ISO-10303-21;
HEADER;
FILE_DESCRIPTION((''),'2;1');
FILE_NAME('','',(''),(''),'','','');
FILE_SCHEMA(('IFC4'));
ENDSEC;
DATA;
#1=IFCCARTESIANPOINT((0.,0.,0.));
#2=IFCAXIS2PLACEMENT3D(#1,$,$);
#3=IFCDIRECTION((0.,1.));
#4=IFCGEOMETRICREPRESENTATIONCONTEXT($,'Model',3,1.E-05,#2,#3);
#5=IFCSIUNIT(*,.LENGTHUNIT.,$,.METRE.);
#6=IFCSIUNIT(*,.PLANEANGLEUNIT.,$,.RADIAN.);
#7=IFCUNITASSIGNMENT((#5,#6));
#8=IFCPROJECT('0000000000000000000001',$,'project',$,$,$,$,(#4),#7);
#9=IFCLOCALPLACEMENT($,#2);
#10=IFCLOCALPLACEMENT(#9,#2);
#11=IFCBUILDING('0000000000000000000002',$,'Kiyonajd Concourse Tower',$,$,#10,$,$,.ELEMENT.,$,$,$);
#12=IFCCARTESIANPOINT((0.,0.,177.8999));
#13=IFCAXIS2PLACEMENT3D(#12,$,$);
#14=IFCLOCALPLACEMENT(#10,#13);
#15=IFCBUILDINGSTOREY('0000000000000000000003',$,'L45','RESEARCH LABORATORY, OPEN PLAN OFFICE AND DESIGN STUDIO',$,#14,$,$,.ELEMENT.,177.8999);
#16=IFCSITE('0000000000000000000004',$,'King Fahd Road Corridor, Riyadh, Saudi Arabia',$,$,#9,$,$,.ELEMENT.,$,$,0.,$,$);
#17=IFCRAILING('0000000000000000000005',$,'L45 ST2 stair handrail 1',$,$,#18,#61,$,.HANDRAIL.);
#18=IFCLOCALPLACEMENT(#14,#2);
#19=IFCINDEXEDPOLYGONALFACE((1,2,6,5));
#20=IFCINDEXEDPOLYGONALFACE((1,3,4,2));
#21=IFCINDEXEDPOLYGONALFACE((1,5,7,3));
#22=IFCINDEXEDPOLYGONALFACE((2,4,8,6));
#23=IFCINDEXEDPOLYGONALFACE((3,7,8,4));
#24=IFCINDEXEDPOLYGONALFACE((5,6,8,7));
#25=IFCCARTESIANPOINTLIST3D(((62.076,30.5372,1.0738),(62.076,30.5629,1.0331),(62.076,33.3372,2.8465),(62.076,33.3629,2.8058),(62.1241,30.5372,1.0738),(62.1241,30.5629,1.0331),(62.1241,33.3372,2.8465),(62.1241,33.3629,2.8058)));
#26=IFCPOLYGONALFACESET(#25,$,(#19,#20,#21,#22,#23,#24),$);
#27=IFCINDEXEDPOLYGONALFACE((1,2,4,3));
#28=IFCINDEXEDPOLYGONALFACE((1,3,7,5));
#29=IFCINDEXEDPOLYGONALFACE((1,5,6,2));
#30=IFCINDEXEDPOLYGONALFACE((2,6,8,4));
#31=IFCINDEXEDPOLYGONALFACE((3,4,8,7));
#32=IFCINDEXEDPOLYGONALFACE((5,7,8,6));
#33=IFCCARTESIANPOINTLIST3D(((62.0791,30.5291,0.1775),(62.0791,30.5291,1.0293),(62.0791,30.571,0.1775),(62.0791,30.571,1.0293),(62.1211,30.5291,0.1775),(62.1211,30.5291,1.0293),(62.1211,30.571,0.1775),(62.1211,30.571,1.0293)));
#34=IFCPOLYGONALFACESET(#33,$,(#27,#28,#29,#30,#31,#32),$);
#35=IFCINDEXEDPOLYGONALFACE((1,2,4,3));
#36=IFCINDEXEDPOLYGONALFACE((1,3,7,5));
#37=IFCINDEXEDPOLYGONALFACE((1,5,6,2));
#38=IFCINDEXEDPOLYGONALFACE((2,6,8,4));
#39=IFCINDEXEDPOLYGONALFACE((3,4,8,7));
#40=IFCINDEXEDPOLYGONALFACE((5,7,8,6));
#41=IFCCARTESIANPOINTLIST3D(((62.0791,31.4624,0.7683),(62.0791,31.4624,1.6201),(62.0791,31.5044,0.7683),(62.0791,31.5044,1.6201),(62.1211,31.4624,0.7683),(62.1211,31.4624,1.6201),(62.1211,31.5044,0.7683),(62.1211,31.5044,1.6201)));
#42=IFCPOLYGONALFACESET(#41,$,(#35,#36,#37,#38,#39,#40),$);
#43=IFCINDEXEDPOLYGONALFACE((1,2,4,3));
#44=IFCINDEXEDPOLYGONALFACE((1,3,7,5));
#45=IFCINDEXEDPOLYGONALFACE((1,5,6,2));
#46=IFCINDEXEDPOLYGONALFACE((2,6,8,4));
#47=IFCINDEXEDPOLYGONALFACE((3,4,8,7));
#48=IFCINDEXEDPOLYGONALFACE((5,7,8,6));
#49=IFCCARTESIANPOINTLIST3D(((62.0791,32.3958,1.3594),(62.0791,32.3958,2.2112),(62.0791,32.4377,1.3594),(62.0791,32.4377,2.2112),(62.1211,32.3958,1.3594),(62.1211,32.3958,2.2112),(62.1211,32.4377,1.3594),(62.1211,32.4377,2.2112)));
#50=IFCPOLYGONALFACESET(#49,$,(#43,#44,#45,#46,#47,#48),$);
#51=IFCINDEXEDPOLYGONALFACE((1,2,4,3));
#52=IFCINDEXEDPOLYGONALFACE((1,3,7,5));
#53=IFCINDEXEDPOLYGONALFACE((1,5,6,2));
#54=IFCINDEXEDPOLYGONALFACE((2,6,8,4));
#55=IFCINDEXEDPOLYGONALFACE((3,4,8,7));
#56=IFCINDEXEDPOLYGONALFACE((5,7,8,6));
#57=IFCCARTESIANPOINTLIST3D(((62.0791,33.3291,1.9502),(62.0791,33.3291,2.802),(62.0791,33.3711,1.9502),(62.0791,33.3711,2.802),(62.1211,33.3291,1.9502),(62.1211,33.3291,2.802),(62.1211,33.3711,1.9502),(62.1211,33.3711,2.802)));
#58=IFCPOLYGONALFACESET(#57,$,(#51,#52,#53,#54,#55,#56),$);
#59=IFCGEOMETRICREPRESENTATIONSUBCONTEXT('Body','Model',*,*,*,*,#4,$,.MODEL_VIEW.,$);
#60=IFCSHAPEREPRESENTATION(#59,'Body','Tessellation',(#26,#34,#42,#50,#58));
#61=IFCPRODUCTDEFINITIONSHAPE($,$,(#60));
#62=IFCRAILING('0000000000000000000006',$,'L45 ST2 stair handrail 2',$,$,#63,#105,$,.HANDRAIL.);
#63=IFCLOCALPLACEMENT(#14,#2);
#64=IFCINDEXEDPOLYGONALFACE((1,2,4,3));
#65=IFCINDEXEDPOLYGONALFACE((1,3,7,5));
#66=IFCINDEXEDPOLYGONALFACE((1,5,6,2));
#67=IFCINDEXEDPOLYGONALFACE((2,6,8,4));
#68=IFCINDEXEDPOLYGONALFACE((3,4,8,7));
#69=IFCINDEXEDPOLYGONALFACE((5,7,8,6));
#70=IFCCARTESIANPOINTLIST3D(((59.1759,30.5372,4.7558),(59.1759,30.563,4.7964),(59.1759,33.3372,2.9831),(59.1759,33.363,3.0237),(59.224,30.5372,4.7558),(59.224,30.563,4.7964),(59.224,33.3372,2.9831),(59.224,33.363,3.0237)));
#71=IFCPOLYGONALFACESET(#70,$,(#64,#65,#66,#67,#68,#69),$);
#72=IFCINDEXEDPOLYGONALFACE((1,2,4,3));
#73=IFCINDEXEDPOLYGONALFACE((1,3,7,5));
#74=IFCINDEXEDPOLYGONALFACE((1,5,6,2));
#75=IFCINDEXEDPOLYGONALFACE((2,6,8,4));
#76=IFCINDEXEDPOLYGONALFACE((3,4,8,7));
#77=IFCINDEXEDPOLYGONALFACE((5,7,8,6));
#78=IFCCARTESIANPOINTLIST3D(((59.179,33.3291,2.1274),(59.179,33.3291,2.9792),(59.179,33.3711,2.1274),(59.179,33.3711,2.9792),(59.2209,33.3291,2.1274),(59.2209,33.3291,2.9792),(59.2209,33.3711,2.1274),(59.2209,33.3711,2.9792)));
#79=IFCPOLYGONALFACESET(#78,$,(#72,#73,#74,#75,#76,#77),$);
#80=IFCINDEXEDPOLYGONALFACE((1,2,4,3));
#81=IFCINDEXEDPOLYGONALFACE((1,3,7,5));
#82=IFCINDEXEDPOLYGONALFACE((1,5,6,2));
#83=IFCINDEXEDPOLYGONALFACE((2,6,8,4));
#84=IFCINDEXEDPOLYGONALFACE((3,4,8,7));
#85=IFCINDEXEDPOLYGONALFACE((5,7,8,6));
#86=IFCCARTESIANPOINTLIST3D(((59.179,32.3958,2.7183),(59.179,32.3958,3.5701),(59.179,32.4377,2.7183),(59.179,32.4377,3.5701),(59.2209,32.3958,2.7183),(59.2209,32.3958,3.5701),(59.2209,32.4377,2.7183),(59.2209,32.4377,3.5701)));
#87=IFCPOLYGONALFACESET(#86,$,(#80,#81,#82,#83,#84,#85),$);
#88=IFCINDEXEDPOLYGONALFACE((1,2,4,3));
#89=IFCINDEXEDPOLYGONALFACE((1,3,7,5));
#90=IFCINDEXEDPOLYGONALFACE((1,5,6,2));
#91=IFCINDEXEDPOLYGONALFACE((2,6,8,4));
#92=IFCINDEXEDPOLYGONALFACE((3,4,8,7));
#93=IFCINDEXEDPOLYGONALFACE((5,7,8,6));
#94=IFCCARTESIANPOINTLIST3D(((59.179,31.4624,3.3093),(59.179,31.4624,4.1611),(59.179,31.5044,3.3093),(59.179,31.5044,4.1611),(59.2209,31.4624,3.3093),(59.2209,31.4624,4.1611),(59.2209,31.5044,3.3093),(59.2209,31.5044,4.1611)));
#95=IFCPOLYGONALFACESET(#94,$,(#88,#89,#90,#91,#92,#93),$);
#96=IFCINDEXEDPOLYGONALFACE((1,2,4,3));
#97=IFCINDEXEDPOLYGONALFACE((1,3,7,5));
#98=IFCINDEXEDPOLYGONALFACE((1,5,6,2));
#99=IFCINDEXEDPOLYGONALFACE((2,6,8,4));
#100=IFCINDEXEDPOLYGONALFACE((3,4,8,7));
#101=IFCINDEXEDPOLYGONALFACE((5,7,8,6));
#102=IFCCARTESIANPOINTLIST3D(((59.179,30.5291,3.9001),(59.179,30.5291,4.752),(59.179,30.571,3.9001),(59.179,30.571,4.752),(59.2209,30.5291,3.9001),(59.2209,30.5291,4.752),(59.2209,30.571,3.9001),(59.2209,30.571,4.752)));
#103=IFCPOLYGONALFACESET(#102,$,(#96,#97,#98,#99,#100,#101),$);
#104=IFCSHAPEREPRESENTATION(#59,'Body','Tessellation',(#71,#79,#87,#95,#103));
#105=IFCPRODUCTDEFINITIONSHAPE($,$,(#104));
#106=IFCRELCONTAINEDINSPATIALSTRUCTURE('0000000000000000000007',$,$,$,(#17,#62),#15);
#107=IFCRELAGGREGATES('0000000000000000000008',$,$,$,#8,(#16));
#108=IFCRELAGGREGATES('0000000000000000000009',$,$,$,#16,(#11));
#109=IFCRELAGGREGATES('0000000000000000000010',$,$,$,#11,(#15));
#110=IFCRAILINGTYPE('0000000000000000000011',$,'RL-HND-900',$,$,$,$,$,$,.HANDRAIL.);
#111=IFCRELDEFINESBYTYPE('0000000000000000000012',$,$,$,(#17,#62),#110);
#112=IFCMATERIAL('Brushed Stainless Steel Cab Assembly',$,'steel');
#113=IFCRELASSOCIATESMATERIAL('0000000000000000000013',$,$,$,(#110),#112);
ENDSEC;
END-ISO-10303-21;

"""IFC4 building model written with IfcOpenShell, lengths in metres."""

from ifc_helpers import new_model, si_unit, direction, frame, origin, origin_2d, place, context, subcontext, project, spatial, rectangle, extrude, material, type_object, element, save


model = new_model("IFC4")

# Units and contexts
model_context = context("Model", 3, precision=1e-05, world=origin(), true_north=direction((0.0, 1.0)))
body_context = subcontext(model_context, "Body", "Model", "MODEL_VIEW")
ifc_project = project(units=[si_unit("LENGTHUNIT", "METRE"), si_unit("PLANEANGLEUNIT", "RADIAN")], contexts=[model_context])

# Site, building, storey
site_placement = place(None, origin())
site = spatial("IfcSite", under=ifc_project, at=site_placement, Name="King Fahd Road Corridor, Riyadh, Saudi Arabia", CompositionType="ELEMENT", RefElevation=0.0)
building_placement = place(site_placement, origin())
building = spatial("IfcBuilding", under=site, at=building_placement, Name="Kiyonajd Concourse Tower", CompositionType="ELEMENT")
storey_placement = place(building_placement, frame((0.0, 0.0, 177.8999)))
storey = spatial("IfcBuildingStorey", under=building, at=storey_placement, Name="L45", Description="RESEARCH LABORATORY, OPEN PLAN OFFICE AND DESIGN STUDIO", CompositionType="ELEMENT", Elevation=177.8999)

# Railings
ifc_material_1 = material(Name="Brushed Stainless Steel Cab Assembly", Category="steel")
railing_type_1 = type_object("IfcRailingType", Name="RL-HND-900", PredefinedType="HANDRAIL", material=ifc_material_1)
railing_1_placement = place(storey_placement, frame((62.1001, 30.55, 0.1775)))
element("IfcRailing", 1, at=railing_1_placement, inside=storey, type_object=railing_type_1, Name="L45 ST2 stair handrail 1", PredefinedType="HANDRAIL", context=body_context, shape_type="SweptSolid", body=[
    extrude(rectangle(XDim=0.0481, YDim=0.0481, at=origin_2d()), frame((0.0, 0.0, 0.876), z_axis=(0.0, 0.844909, 0.53491), x_axis=(-1.0, 0.0, 0.0)), (0.0, 0.0, 1.0), 3.314),
    extrude(rectangle(XDim=0.042, YDim=0.042, at=origin_2d()), origin(), (0.0, 0.0, 1.0), 0.8518),
    extrude(rectangle(XDim=0.042, YDim=0.042, at=origin_2d()), frame((0.0, 0.9333, 0.5908)), (0.0, 0.0, 1.0), 0.8518),
    extrude(rectangle(XDim=0.042, YDim=0.042, at=origin_2d()), frame((0.0, 1.8667, 1.1819)), (0.0, 0.0, 1.0), 0.8518),
    extrude(rectangle(XDim=0.042, YDim=0.042, at=origin_2d()), frame((0.0, 2.8, 1.7727)), (0.0, 0.0, 1.0), 0.8518),
])
railing_2_placement = place(storey_placement, frame((59.2, 33.3501, 2.1274)))
element("IfcRailing", 2, at=railing_2_placement, inside=storey, type_object=railing_type_1, Name="L45 ST2 stair handrail 2", PredefinedType="HANDRAIL", context=body_context, shape_type="SweptSolid", body=[
    extrude(rectangle(XDim=0.0481, YDim=0.0481, at=origin_2d()), frame((0.0, 0.0, 0.876), z_axis=(0.0, -0.844909, 0.53491), x_axis=(1.0, 0.0, 0.0)), (0.0, 0.0, 1.0), 3.314),
    extrude(rectangle(XDim=0.042, YDim=0.042, at=origin_2d()), origin(), (0.0, 0.0, 1.0), 0.8518),
    extrude(rectangle(XDim=0.042, YDim=0.042, at=origin_2d()), frame((0.0, -0.9333, 0.5908)), (0.0, 0.0, 1.0), 0.8518),
    extrude(rectangle(XDim=0.042, YDim=0.042, at=origin_2d()), frame((0.0, -1.8667, 1.1819)), (0.0, 0.0, 1.0), 0.8518),
    extrude(rectangle(XDim=0.042, YDim=0.042, at=origin_2d()), frame((0.0, -2.8, 1.7727)), (0.0, 0.0, 1.0), 0.8518),
])

save(model, "model.ifc")
